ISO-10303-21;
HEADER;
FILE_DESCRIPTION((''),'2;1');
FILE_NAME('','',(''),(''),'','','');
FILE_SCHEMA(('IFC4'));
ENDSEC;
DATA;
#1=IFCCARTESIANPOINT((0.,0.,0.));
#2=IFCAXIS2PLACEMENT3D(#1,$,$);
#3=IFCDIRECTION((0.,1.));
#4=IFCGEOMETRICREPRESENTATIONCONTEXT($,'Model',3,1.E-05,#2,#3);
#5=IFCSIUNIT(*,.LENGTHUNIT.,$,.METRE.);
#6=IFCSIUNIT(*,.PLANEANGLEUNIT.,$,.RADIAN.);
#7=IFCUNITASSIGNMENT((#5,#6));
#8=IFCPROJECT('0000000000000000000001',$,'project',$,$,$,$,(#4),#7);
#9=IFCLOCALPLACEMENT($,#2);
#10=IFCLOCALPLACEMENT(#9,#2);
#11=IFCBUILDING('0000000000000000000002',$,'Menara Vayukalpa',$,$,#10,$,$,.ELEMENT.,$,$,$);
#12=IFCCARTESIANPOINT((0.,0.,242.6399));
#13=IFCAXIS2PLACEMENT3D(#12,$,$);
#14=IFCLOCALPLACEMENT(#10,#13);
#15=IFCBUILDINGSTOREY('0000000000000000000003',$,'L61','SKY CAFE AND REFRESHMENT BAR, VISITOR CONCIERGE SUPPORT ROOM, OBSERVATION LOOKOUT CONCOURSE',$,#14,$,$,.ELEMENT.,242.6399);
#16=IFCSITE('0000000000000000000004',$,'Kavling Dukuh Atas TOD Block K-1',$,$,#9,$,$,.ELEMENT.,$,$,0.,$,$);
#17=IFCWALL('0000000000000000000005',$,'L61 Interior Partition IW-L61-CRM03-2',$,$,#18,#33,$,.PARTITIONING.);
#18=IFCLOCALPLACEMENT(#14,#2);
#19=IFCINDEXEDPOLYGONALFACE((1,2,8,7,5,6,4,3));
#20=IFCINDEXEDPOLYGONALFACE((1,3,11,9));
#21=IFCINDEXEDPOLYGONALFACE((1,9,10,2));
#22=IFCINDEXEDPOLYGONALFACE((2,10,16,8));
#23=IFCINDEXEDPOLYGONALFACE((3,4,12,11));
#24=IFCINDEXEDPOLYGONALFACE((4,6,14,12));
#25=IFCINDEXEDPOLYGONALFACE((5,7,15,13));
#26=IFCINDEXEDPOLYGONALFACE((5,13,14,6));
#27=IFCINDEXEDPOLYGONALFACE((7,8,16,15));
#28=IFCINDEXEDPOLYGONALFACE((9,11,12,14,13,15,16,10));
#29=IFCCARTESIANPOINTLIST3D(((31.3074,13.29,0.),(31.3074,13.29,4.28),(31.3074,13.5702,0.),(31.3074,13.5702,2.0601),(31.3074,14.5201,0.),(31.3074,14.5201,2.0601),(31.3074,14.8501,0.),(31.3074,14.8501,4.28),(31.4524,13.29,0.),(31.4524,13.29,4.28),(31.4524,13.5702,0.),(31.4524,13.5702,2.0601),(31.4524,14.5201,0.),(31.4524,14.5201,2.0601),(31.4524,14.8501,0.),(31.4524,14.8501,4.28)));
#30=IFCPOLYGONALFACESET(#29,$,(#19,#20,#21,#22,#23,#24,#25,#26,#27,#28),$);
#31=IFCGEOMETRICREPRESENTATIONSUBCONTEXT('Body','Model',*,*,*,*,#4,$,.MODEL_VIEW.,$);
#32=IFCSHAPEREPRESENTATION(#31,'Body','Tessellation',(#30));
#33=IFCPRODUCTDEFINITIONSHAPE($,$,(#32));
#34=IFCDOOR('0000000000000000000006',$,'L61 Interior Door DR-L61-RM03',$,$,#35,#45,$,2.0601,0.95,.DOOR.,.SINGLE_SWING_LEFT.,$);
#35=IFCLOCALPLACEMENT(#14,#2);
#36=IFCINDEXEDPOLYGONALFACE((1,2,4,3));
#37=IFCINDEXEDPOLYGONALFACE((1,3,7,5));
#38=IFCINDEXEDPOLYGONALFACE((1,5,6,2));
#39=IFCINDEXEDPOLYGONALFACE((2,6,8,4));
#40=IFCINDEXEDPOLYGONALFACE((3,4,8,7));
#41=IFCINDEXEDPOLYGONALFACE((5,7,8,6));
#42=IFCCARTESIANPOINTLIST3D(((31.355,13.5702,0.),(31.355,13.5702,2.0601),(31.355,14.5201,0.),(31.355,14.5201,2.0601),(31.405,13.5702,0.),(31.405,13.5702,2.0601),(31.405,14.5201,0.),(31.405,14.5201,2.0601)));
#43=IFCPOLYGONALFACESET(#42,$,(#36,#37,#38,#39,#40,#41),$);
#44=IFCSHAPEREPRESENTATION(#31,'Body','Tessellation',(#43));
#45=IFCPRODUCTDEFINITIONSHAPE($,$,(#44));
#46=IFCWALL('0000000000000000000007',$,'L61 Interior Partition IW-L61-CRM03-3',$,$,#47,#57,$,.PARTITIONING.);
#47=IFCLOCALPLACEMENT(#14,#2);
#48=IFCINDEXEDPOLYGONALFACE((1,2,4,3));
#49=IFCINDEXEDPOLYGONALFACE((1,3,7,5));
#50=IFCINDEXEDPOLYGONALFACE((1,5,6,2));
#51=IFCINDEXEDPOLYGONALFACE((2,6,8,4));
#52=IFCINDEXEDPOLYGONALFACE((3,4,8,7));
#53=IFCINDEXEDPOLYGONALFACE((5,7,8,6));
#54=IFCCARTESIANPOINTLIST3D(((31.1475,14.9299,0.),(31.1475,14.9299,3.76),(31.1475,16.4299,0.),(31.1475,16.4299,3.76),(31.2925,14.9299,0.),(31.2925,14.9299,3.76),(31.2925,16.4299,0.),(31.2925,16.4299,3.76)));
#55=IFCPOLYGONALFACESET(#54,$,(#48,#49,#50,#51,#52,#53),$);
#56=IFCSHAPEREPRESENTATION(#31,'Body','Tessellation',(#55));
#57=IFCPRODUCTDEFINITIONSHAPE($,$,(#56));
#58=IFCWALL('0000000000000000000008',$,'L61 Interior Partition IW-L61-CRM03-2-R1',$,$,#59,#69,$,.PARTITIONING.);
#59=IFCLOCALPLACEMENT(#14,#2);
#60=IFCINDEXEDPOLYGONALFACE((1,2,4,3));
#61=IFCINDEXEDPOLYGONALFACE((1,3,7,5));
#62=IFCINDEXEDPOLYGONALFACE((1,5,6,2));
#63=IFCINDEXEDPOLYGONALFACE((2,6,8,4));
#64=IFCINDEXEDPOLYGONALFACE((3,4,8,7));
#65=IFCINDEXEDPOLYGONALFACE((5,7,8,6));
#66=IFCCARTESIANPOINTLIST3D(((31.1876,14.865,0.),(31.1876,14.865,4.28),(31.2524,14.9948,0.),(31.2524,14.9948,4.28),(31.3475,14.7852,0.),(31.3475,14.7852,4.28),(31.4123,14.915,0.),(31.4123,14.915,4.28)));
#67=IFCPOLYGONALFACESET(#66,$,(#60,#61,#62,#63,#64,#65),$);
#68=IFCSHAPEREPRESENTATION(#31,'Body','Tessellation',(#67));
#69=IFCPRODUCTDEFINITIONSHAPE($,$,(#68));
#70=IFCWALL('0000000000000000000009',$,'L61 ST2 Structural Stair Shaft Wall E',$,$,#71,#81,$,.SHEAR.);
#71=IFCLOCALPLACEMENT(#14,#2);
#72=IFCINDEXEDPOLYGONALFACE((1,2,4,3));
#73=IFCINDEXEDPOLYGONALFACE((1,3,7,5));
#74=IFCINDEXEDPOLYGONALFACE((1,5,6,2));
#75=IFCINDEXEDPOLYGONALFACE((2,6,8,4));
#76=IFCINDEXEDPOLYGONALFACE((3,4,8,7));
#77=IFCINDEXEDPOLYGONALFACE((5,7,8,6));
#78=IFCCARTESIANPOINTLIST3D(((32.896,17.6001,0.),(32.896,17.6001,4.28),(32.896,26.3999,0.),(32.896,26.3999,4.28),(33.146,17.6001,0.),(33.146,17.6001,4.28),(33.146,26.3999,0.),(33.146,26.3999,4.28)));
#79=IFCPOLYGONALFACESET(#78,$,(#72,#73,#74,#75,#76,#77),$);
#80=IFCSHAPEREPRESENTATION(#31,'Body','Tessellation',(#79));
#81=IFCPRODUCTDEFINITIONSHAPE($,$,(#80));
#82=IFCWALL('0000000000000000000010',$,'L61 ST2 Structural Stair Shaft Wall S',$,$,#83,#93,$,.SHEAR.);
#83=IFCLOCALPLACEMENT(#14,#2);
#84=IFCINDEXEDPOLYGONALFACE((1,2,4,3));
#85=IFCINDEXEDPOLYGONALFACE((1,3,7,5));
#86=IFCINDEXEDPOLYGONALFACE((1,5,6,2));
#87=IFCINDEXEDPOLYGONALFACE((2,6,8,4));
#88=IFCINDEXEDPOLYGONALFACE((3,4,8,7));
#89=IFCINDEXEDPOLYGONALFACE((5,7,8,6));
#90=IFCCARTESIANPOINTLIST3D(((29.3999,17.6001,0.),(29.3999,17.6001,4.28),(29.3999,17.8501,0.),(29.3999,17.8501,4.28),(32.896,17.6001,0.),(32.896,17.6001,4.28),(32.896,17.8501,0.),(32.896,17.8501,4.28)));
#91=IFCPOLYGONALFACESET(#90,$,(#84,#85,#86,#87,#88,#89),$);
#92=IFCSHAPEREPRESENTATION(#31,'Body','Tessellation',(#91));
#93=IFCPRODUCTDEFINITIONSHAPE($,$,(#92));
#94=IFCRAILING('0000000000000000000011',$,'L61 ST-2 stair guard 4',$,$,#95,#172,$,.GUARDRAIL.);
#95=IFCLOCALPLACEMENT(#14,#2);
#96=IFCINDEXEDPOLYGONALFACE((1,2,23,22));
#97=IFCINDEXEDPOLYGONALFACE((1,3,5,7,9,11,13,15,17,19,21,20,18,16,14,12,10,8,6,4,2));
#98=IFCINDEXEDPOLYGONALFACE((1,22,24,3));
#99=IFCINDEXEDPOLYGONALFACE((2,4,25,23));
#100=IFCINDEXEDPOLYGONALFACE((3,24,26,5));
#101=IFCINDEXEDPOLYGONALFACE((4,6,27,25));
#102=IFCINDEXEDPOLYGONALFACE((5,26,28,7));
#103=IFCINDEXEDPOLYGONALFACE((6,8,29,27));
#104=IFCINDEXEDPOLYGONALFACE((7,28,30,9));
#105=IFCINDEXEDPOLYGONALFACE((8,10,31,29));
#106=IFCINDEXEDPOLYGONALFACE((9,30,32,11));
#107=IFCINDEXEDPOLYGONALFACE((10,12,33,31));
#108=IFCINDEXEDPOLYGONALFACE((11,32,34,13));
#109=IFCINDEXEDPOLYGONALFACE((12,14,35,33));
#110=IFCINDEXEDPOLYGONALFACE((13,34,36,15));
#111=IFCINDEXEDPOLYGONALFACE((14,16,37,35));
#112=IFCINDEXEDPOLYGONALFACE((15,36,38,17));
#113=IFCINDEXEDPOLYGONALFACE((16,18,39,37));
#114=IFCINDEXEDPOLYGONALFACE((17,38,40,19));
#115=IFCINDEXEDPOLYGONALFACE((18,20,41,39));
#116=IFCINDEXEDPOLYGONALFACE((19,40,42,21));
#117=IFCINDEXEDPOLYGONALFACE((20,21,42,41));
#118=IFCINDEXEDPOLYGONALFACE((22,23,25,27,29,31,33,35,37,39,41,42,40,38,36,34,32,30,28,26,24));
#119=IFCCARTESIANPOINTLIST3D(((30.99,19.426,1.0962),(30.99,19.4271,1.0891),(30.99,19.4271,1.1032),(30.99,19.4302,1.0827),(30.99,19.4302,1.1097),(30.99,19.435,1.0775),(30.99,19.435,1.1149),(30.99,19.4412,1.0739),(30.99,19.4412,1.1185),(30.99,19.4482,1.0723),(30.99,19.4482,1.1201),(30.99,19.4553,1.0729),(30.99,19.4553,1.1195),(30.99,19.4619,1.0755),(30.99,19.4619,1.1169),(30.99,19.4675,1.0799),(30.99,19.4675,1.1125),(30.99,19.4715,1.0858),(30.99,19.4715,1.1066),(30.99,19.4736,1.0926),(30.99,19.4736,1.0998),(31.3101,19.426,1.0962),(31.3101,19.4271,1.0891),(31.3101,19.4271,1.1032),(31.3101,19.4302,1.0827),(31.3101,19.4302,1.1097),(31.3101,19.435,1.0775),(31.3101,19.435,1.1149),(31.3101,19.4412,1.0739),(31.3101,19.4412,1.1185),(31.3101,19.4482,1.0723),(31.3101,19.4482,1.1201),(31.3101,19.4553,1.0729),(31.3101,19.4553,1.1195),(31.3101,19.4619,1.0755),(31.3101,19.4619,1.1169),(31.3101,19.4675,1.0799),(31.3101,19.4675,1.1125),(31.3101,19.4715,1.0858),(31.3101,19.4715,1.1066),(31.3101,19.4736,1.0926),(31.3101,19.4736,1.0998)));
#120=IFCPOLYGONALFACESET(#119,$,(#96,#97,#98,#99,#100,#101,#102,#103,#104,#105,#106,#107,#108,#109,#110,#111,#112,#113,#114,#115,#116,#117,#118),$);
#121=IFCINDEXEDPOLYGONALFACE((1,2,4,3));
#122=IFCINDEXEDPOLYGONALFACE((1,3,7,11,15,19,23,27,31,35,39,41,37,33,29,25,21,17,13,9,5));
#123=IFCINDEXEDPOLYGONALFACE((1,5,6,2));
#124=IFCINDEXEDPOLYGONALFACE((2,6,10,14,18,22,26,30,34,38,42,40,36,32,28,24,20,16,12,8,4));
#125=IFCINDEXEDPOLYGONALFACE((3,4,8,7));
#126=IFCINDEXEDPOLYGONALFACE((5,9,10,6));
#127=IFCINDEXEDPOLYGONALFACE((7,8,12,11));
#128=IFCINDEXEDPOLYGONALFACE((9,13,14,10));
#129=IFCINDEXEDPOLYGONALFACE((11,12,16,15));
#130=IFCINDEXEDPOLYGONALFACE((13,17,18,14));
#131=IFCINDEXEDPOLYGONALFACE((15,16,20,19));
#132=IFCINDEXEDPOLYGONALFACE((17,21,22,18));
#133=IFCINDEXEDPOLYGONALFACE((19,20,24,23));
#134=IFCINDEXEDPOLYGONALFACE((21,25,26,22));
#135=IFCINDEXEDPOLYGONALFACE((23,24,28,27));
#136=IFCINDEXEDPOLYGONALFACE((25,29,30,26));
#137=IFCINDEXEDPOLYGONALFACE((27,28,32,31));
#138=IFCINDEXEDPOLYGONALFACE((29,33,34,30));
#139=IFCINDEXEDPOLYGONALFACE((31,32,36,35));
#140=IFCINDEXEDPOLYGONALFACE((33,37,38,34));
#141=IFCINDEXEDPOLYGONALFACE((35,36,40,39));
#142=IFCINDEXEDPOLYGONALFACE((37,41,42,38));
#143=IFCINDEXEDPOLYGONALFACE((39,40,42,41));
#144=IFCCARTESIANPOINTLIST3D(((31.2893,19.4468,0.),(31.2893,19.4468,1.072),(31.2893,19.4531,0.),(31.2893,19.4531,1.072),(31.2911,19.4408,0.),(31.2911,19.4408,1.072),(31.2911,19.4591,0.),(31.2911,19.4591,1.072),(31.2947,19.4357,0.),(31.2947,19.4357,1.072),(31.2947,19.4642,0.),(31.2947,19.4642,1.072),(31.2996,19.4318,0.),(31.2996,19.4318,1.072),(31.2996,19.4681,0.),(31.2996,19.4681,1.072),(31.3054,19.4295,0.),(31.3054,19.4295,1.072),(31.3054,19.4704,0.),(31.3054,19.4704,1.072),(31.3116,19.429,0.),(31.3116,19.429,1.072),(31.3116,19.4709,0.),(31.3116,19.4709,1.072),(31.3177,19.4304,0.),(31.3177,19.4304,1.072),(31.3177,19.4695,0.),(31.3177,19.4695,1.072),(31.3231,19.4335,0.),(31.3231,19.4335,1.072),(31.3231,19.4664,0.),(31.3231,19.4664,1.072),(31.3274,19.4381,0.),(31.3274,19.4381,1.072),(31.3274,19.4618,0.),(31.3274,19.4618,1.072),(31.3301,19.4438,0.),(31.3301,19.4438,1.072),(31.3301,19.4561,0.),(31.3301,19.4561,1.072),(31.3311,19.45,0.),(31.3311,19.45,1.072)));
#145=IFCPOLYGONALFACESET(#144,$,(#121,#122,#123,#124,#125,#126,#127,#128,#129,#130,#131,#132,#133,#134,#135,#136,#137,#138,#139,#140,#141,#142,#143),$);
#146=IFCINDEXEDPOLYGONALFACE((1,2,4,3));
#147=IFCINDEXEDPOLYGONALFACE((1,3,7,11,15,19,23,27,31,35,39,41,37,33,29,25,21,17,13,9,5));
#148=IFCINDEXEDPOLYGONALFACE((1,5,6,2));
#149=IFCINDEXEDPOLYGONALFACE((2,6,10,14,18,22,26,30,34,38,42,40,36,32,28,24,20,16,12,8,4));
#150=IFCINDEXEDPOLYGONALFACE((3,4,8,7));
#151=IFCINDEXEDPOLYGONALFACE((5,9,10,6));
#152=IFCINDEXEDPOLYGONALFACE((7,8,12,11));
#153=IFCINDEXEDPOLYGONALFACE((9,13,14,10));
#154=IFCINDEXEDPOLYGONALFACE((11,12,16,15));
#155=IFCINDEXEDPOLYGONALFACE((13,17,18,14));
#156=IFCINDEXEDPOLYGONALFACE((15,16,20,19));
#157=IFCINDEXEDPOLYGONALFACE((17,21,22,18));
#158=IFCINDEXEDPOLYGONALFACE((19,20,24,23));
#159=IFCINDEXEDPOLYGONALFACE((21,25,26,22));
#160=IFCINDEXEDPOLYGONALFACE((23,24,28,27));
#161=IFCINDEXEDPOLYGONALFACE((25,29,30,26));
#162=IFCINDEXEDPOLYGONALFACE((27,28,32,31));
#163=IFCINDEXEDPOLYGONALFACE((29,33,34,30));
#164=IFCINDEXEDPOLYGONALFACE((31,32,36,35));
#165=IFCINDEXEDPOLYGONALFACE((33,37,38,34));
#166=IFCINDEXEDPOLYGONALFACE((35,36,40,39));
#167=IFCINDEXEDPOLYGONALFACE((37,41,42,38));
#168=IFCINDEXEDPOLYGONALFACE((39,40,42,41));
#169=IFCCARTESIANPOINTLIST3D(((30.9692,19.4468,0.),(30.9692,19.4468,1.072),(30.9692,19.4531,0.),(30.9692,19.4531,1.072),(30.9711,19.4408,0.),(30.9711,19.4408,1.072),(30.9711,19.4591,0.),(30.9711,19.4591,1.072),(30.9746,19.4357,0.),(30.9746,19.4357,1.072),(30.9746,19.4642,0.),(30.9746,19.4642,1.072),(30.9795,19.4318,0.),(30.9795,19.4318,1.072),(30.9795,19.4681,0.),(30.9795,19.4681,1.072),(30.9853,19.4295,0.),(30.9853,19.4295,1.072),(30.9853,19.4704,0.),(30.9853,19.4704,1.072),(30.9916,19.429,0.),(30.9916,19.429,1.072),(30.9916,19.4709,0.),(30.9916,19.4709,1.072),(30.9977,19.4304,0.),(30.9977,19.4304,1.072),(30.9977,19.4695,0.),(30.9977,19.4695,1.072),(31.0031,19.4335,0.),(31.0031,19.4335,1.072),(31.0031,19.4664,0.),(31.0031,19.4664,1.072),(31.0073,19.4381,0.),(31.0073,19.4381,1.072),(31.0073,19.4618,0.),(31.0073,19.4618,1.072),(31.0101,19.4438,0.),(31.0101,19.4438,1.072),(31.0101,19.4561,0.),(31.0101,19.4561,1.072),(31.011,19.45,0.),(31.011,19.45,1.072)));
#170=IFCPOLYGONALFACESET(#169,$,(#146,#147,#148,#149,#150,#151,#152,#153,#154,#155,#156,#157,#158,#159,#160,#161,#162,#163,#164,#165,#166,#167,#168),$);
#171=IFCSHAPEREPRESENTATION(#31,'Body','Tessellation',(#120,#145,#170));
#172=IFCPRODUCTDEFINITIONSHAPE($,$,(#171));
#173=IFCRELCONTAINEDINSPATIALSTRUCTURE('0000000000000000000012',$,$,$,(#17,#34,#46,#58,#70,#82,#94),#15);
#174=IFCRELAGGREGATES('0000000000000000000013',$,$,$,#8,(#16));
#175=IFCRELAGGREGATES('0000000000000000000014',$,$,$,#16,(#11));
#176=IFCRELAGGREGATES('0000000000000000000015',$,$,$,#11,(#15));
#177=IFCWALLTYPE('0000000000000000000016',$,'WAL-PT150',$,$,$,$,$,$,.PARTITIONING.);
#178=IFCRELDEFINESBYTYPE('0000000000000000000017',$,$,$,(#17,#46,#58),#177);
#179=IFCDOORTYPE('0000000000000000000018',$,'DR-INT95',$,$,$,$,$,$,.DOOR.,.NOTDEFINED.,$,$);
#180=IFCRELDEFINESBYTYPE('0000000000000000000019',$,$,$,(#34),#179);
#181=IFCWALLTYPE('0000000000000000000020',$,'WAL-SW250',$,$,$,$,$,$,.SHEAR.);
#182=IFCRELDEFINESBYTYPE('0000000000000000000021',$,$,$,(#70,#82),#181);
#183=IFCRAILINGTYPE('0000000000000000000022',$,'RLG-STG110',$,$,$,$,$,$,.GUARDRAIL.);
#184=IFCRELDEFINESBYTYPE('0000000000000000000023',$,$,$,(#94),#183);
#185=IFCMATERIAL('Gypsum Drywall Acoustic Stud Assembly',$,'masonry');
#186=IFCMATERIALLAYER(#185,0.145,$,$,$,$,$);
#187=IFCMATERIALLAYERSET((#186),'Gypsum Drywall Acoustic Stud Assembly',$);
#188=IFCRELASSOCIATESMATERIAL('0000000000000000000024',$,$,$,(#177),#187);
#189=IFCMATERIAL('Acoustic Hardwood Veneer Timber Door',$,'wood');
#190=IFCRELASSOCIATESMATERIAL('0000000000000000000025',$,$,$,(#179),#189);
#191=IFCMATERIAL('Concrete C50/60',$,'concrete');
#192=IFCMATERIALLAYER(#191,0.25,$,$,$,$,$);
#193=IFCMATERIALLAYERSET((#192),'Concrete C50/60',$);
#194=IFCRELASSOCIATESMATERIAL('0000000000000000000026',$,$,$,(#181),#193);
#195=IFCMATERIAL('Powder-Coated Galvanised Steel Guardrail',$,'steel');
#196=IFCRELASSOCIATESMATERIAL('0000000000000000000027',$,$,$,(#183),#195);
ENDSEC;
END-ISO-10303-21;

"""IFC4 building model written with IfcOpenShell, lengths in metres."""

from ifc_helpers import new_model, si_unit, direction, frame, frame_2d, origin, origin_2d, place, context, subcontext, project, spatial, rectangle, circle, extrude, material, layer, layer_set, type_object, element, fill, save


model = new_model("IFC4")

# Units and contexts
model_context = context("Model", 3, precision=1e-05, world=origin(), true_north=direction((0.0, 1.0)))
body_context = subcontext(model_context, "Body", "Model", "MODEL_VIEW")
ifc_project = project(units=[si_unit("LENGTHUNIT", "METRE"), si_unit("PLANEANGLEUNIT", "RADIAN")], contexts=[model_context])

# Site, building, storey
site_placement = place(None, origin())
site = spatial("IfcSite", under=ifc_project, at=site_placement, Name="Kavling Dukuh Atas TOD Block K-1", CompositionType="ELEMENT", RefElevation=0.0)
building_placement = place(site_placement, origin())
building = spatial("IfcBuilding", under=site, at=building_placement, Name="Menara Vayukalpa", CompositionType="ELEMENT")
storey_placement = place(building_placement, frame((0.0, 0.0, 242.6399)))
storey = spatial("IfcBuildingStorey", under=building, at=storey_placement, Name="L61", Description="SKY CAFE AND REFRESHMENT BAR, VISITOR CONCIERGE SUPPORT ROOM, OBSERVATION LOOKOUT CONCOURSE", CompositionType="ELEMENT", Elevation=242.6399)

# Wall, opening, door
ifc_material_1 = material(Name="Gypsum Drywall Acoustic Stud Assembly", Category="masonry")
ifc_layer_1 = layer(ifc_material_1, 0.145)
ifc_layer_set_1 = layer_set([ifc_layer_1], Name="Gypsum Drywall Acoustic Stud Assembly")
wall_type_1 = type_object("IfcWallType", Name="WAL-PT150", PredefinedType="PARTITIONING", material=ifc_layer_set_1)
wall_1_placement = place(storey_placement, frame((31.3799, 13.29, 0.0), z_axis=(0.0, 0.0, 1.0), x_axis=(0.0, 1.0, 0.0)))
wall_1 = element("IfcWall", 1, at=wall_1_placement, inside=storey, type_object=wall_type_1, Name="L61 Interior Partition IW-L61-CRM03-2", PredefinedType="PARTITIONING", context=body_context, shape_type="SweptSolid", body=[
    extrude(rectangle(XDim=1.5601, YDim=0.145, at=frame_2d((0.78, 0.0))), origin(), (0.0, 0.0, 1.0), 4.28),
])
opening_1_placement = place(wall_1_placement, frame((0.28, 0.0, 0.0)))
opening_1 = element("IfcOpeningElement", 2, at=opening_1_placement, cuts=wall_1, PredefinedType="OPENING", context=body_context, shape_type="SweptSolid", body=[
    extrude(rectangle(XDim=0.95, YDim=2.0601, at=frame_2d((0.4751, 1.03))), frame((0.0, 0.0825, 0.0), z_axis=(0.0, -1.0, 0.0), x_axis=(1.0, 0.0, 0.0)), (0.0, 0.0, 1.0), 0.165),
])
ifc_material_2 = material(Name="Acoustic Hardwood Veneer Timber Door", Category="wood")
door_type_1 = type_object("IfcDoorType", Name="DR-INT95", OperationType="NOTDEFINED", PredefinedType="DOOR", material=ifc_material_2)
door_1_placement = place(opening_1_placement, origin())
door_1 = element("IfcDoor", 3, at=door_1_placement, inside=storey, type_object=door_type_1, Name="L61 Interior Door DR-L61-RM03", OperationType="SINGLE_SWING_LEFT", OverallHeight=2.0601, OverallWidth=0.95, PredefinedType="DOOR", context=body_context, shape_type="SweptSolid", body=[
    extrude(rectangle(XDim=0.95, YDim=2.0601, at=frame_2d((0.4751, 1.03))), frame((0.0, 0.0249, 0.0), z_axis=(0.0, -1.0, 0.0), x_axis=(1.0, 0.0, 0.0)), (0.0, 0.0, 1.0), 0.05),
])
fill(opening_1, door_1)

# Walls
wall_2_placement = place(storey_placement, frame((31.22, 14.9299, 0.0), z_axis=(0.0, 0.0, 1.0), x_axis=(0.0, 1.0, 0.0)))
element("IfcWall", 4, at=wall_2_placement, inside=storey, type_object=wall_type_1, Name="L61 Interior Partition IW-L61-CRM03-3", PredefinedType="PARTITIONING", context=body_context, shape_type="SweptSolid", body=[
    extrude(rectangle(XDim=1.5, YDim=0.145, at=frame_2d((0.75, 0.0))), origin(), (0.0, 0.0, 1.0), 3.76),
])
wall_3_placement = place(storey_placement, frame((31.3799, 14.8501, 0.0), z_axis=(0.0, 0.0, 1.0), x_axis=(-0.8947, 0.446667, 0.0)))
element("IfcWall", 5, at=wall_3_placement, inside=storey, type_object=wall_type_1, Name="L61 Interior Partition IW-L61-CRM03-2-R1", PredefinedType="PARTITIONING", context=body_context, shape_type="SweptSolid", body=[
    extrude(rectangle(XDim=0.1787, YDim=0.145, at=frame_2d((0.0894, 0.0))), origin(), (0.0, 0.0, 1.0), 4.28),
])
ifc_material_3 = material(Name="Concrete C50/60", Category="concrete")
ifc_layer_2 = layer(ifc_material_3, 0.25)
ifc_layer_set_2 = layer_set([ifc_layer_2], Name="Concrete C50/60")
wall_type_2 = type_object("IfcWallType", Name="WAL-SW250", PredefinedType="SHEAR", material=ifc_layer_set_2)
wall_4_placement = place(storey_placement, frame((33.021, 17.6001, 0.0), z_axis=(0.0, 0.0, 1.0), x_axis=(0.0, 1.0, 0.0)))
element("IfcWall", 6, at=wall_4_placement, inside=storey, type_object=wall_type_2, Name="L61 ST2 Structural Stair Shaft Wall E", PredefinedType="SHEAR", context=body_context, shape_type="SweptSolid", body=[
    extrude(rectangle(XDim=8.7998, YDim=0.25, at=frame_2d((4.3999, 0.0))), origin(), (0.0, 0.0, 1.0), 4.28),
])
wall_5_placement = place(storey_placement, frame((29.3999, 17.7251, 0.0), z_axis=(0.0, 0.0, 1.0), x_axis=(1.0, 0.0, 0.0)))
element("IfcWall", 7, at=wall_5_placement, inside=storey, type_object=wall_type_2, Name="L61 ST2 Structural Stair Shaft Wall S", PredefinedType="SHEAR", context=body_context, shape_type="SweptSolid", body=[
    extrude(rectangle(XDim=3.4961, YDim=0.25, at=frame_2d((1.748, 0.0))), origin(), (0.0, 0.0, 1.0), 4.28),
])

# Railing
ifc_material_4 = material(Name="Powder-Coated Galvanised Steel Guardrail", Category="steel")
railing_type = type_object("IfcRailingType", Name="RLG-STG110", PredefinedType="GUARDRAIL", material=ifc_material_4)
railing_placement = place(storey_placement, frame((31.3101, 19.45, 0.0)))
element("IfcRailing", 8, at=railing_placement, inside=storey, type_object=railing_type, Name="L61 ST-2 stair guard 4", PredefinedType="GUARDRAIL", context=body_context, shape_type="SweptSolid", body=[
    extrude(circle(Radius=0.0239, at=origin_2d()), frame((0.0, 0.0, 1.0962), z_axis=(-1.0, 0.0, 0.0), x_axis=(0.0, -1.0, 0.0)), (0.0, 0.0, 1.0), 0.3201),
    extrude(circle(Radius=0.021, at=origin_2d()), origin(), (0.0, 0.0, 1.0), 1.072),
    extrude(circle(Radius=0.021, at=origin_2d()), frame((-0.3201, 0.0, 0.0)), (0.0, 0.0, 1.0), 1.072),
])

save(model, "model.ifc")
